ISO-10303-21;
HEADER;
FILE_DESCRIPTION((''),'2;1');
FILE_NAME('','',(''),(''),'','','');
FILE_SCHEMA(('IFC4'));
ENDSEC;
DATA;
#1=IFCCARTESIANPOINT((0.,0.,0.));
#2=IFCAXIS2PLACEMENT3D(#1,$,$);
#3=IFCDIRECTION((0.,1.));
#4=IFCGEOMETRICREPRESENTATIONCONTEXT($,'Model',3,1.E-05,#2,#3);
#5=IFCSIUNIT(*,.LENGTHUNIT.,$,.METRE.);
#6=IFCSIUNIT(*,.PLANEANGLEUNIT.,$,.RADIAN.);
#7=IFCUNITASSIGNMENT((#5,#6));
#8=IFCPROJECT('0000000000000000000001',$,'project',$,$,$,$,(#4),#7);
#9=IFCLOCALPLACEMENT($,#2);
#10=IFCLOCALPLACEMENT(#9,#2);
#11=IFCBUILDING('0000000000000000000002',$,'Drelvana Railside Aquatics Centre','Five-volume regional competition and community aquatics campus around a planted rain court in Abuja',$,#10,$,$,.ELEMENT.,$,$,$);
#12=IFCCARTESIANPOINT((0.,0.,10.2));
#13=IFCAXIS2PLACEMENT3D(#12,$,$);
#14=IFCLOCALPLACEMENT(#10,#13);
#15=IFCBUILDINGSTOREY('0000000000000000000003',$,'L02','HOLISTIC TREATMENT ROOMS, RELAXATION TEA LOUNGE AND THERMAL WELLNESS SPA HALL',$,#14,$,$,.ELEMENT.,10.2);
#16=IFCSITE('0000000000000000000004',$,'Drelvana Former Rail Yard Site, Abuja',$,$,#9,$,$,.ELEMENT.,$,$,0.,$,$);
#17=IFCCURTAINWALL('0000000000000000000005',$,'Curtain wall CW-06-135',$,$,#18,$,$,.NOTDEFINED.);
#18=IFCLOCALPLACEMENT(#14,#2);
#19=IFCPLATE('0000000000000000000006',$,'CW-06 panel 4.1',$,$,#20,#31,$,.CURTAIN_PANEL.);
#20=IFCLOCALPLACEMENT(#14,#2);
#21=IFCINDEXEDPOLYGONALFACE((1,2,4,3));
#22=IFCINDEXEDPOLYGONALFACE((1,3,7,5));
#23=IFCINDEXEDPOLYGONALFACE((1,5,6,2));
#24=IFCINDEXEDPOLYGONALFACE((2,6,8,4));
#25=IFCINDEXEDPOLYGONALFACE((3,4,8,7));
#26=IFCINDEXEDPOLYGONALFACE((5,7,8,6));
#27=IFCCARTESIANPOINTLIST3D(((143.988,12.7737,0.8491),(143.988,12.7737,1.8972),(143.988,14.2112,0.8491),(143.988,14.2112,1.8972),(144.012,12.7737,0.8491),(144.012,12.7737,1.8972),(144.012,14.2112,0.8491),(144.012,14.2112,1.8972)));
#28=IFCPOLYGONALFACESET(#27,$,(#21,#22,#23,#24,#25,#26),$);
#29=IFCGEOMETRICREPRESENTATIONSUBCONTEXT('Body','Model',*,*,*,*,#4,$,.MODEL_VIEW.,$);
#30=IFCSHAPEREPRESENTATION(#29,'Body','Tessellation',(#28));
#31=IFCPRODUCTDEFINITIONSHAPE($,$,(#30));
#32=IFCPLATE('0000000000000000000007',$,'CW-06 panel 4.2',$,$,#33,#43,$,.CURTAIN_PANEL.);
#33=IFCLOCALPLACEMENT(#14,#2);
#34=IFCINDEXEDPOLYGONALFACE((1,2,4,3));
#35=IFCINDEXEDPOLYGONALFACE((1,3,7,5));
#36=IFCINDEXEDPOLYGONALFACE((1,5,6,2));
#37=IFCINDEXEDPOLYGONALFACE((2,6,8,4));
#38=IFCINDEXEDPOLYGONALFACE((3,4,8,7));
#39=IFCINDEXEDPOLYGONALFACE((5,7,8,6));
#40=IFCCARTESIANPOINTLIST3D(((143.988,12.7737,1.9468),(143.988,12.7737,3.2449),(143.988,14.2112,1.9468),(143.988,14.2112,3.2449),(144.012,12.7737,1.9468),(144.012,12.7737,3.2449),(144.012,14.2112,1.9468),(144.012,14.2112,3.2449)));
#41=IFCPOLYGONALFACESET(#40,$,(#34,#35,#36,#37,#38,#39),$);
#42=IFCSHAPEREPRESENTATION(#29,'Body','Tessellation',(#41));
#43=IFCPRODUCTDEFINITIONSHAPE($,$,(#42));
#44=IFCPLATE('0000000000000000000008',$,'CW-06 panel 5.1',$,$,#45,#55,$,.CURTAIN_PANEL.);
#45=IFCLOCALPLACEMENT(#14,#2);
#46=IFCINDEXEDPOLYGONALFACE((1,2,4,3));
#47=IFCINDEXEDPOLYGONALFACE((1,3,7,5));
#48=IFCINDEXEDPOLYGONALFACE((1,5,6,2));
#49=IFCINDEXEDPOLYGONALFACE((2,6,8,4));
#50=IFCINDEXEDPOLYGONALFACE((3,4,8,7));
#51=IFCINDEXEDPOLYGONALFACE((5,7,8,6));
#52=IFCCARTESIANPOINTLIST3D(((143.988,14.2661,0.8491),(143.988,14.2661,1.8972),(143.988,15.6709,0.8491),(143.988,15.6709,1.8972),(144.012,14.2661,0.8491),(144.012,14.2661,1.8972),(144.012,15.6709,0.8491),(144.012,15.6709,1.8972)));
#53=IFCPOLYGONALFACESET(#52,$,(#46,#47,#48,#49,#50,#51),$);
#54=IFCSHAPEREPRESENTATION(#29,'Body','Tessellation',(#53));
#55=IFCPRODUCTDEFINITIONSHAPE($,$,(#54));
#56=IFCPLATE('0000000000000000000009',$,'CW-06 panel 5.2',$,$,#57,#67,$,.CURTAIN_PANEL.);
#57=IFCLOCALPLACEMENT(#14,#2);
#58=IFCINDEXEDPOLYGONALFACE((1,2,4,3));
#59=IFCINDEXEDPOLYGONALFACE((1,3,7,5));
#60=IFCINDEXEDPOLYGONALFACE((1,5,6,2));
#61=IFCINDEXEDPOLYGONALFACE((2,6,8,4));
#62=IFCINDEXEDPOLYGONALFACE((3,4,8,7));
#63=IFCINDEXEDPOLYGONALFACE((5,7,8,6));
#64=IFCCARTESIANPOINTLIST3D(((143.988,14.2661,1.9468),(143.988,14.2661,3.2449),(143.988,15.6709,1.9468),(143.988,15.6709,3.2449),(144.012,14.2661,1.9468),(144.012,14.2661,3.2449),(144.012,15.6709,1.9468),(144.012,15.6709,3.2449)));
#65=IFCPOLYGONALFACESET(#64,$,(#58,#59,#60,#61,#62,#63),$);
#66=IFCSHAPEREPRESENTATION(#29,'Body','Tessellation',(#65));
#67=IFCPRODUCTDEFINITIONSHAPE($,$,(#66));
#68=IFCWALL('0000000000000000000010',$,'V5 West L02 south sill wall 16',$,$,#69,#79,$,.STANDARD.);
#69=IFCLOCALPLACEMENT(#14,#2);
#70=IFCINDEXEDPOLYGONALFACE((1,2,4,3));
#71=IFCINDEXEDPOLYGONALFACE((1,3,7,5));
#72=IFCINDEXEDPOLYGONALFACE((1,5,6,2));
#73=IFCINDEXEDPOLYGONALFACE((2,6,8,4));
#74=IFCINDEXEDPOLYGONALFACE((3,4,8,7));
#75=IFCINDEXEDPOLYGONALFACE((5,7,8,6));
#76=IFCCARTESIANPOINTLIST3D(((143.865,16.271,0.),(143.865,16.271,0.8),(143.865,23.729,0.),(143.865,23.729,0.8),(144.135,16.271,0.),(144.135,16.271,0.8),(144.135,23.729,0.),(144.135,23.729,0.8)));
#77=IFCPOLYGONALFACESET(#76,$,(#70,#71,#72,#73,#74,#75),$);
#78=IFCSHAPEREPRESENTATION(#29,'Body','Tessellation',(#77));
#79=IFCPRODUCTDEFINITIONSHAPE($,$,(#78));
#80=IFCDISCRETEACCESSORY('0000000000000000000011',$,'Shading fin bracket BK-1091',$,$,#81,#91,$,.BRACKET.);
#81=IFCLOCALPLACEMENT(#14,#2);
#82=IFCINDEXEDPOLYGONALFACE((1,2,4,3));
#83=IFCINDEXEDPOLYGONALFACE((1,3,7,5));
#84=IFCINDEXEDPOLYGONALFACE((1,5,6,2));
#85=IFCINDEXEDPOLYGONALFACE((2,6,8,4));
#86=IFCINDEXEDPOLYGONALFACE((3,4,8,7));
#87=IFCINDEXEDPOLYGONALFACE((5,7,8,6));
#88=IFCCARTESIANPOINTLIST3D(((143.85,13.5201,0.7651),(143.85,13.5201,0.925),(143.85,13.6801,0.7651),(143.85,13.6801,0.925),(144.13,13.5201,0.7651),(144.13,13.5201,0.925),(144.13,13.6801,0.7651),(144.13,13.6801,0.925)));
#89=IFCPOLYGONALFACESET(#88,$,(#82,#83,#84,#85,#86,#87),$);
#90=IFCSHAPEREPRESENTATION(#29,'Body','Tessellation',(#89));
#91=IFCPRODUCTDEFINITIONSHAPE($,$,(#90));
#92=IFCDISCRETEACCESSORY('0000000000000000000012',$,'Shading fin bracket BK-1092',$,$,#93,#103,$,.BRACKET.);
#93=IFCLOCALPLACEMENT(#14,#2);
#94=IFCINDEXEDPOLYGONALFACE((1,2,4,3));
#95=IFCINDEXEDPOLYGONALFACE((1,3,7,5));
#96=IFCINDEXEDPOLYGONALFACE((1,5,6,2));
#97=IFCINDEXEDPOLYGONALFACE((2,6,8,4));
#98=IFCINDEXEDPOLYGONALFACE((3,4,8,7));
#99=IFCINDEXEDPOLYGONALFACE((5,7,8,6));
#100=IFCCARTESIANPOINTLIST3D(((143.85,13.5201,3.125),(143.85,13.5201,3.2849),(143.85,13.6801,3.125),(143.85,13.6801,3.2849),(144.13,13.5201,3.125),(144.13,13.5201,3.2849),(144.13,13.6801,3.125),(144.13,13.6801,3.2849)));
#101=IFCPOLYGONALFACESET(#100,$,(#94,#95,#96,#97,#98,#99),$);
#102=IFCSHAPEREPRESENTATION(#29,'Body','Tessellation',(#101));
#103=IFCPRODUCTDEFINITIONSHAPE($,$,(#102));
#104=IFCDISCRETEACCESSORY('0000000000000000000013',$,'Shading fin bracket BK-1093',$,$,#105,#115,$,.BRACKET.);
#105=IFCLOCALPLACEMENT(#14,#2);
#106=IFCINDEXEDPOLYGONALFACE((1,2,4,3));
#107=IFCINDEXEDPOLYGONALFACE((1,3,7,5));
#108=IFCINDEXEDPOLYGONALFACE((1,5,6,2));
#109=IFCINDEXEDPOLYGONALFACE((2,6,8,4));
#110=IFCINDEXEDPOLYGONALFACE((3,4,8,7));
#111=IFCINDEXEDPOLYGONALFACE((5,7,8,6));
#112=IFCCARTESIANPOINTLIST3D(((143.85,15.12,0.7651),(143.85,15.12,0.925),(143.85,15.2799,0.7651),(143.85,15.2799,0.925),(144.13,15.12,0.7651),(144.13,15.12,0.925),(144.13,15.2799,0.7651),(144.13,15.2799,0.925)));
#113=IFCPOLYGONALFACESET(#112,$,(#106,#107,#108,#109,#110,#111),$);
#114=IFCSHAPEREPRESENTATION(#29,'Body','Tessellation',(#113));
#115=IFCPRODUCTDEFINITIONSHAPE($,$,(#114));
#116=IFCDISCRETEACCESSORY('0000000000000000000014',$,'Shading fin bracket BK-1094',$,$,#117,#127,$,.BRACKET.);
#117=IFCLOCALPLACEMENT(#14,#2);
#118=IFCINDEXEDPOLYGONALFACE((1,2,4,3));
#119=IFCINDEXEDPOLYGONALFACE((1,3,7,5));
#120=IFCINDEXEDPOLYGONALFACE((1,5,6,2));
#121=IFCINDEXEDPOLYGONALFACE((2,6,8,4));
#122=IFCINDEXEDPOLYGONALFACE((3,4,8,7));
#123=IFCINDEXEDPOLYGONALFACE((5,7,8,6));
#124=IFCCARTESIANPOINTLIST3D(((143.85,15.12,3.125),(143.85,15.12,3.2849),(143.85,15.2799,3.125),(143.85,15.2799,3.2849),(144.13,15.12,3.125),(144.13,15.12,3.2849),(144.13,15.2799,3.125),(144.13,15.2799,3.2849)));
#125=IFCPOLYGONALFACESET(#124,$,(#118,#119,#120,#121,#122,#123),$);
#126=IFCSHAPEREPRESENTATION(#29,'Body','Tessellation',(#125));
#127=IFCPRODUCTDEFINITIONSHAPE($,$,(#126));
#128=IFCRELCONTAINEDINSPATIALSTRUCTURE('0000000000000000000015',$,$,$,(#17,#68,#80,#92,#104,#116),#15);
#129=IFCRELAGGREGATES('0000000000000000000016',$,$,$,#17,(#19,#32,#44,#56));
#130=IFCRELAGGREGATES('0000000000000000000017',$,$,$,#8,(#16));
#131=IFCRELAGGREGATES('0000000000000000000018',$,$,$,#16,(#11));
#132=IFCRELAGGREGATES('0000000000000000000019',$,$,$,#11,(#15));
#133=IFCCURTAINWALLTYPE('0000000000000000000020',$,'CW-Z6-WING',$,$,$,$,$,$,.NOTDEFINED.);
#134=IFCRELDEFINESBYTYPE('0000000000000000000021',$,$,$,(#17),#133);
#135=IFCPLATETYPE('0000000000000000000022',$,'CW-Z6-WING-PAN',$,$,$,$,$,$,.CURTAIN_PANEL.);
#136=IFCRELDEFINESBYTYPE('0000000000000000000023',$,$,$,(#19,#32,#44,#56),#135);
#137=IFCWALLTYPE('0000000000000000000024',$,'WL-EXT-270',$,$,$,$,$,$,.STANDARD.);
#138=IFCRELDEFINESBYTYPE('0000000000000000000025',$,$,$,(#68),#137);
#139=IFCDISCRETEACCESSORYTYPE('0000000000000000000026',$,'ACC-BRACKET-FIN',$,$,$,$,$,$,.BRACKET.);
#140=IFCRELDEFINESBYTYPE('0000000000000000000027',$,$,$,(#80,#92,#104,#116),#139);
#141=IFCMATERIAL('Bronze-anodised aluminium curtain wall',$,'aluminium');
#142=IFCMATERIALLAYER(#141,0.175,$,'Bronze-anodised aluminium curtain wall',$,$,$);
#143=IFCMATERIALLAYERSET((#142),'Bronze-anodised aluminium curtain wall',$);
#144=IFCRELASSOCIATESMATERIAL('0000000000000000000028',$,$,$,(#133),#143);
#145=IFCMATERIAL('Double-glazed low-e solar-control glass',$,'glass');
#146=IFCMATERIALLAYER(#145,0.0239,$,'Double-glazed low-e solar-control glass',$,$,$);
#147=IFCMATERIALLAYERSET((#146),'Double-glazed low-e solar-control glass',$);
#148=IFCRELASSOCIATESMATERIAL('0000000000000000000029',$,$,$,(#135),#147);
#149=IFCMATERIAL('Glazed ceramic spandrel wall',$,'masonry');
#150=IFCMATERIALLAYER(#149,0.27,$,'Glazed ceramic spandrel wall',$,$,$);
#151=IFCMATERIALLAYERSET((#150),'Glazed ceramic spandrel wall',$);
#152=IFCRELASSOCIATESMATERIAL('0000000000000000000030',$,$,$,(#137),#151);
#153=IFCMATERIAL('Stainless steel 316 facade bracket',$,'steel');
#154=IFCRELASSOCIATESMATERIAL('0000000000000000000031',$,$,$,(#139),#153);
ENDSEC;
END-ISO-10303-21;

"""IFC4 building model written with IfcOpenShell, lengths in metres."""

from ifc_helpers import new_model, si_unit, direction, frame, frame_2d, origin, origin_2d, place, context, subcontext, project, spatial, rectangle, extrude, material, layer, layer_set, type_object, element, aggregate, save


model = new_model("IFC4")

# Units and contexts
model_context = context("Model", 3, precision=1e-05, world=origin(), true_north=direction((0.0, 1.0)))
body_context = subcontext(model_context, "Body", "Model", "MODEL_VIEW")
ifc_project = project(units=[si_unit("LENGTHUNIT", "METRE"), si_unit("PLANEANGLEUNIT", "RADIAN")], contexts=[model_context])

# Site, building, storey
site_placement = place(None, origin())
site = spatial("IfcSite", under=ifc_project, at=site_placement, Name="Drelvana Former Rail Yard Site, Abuja", CompositionType="ELEMENT", RefElevation=0.0)
building_placement = place(site_placement, origin())
building = spatial("IfcBuilding", under=site, at=building_placement, Name="Drelvana Railside Aquatics Centre", Description="Five-volume regional competition and community aquatics campus around a planted rain court in Abuja", CompositionType="ELEMENT")
storey_placement = place(building_placement, frame((0.0, 0.0, 10.2)))
storey = spatial("IfcBuildingStorey", under=building, at=storey_placement, Name="L02", Description="HOLISTIC TREATMENT ROOMS, RELAXATION TEA LOUNGE AND THERMAL WELLNESS SPA HALL", CompositionType="ELEMENT", Elevation=10.2)

# Curtain wall
ifc_material_1 = material(Name="Bronze-anodised aluminium curtain wall", Category="aluminium")
ifc_layer_1 = layer(ifc_material_1, 0.175, Name="Bronze-anodised aluminium curtain wall")
ifc_layer_set_1 = layer_set([ifc_layer_1], Name="Bronze-anodised aluminium curtain wall")
curtain_wall_type = type_object("IfcCurtainWallType", Name="CW-Z6-WING", PredefinedType="NOTDEFINED", material=ifc_layer_set_1)
curtain_wall_1_placement = place(storey_placement, origin())
curtain_wall_1 = element("IfcCurtainWall", 1, at=curtain_wall_1_placement, inside=storey, type_object=curtain_wall_type, Name="Curtain wall CW-06-135", PredefinedType="NOTDEFINED")

# Plates
ifc_material_2 = material(Name="Double-glazed low-e solar-control glass", Category="glass")
ifc_layer_2 = layer(ifc_material_2, 0.0239, Name="Double-glazed low-e solar-control glass")
ifc_layer_set_2 = layer_set([ifc_layer_2], Name="Double-glazed low-e solar-control glass")
plate_type = type_object("IfcPlateType", Name="CW-Z6-WING-PAN", PredefinedType="CURTAIN_PANEL", material=ifc_layer_set_2)
plate_1_placement = place(storey_placement, frame((144.0, 13.4924, 0.8491), z_axis=(0.0, 0.0, 1.0), x_axis=(0.0, 1.0, 0.0)))
plate_1 = element("IfcPlate", 2, at=plate_1_placement, type_object=plate_type, Name="CW-06 panel 4.1", PredefinedType="CURTAIN_PANEL", context=body_context, shape_type="SweptSolid", body=[
    extrude(rectangle(XDim=1.4375, YDim=0.0239, at=origin_2d()), origin(), (0.0, 0.0, 1.0), 1.0481),
])
plate_2_placement = place(storey_placement, frame((144.0, 13.4924, 1.9468), z_axis=(0.0, 0.0, 1.0), x_axis=(0.0, 1.0, 0.0)))
plate_2 = element("IfcPlate", 3, at=plate_2_placement, type_object=plate_type, Name="CW-06 panel 4.2", PredefinedType="CURTAIN_PANEL", context=body_context, shape_type="SweptSolid", body=[
    extrude(rectangle(XDim=1.4375, YDim=0.0239, at=origin_2d()), origin(), (0.0, 0.0, 1.0), 1.2981),
])
plate_3_placement = place(storey_placement, frame((144.0, 14.9685, 0.8491), z_axis=(0.0, 0.0, 1.0), x_axis=(0.0, 1.0, 0.0)))
plate_3 = element("IfcPlate", 4, at=plate_3_placement, type_object=plate_type, Name="CW-06 panel 5.1", PredefinedType="CURTAIN_PANEL", context=body_context, shape_type="SweptSolid", body=[
    extrude(rectangle(XDim=1.4048, YDim=0.0239, at=origin_2d()), origin(), (0.0, 0.0, 1.0), 1.0481),
])
plate_4_placement = place(storey_placement, frame((144.0, 14.9685, 1.9468), z_axis=(0.0, 0.0, 1.0), x_axis=(0.0, 1.0, 0.0)))
plate_4 = element("IfcPlate", 5, at=plate_4_placement, type_object=plate_type, Name="CW-06 panel 5.2", PredefinedType="CURTAIN_PANEL", context=body_context, shape_type="SweptSolid", body=[
    extrude(rectangle(XDim=1.4048, YDim=0.0239, at=origin_2d()), origin(), (0.0, 0.0, 1.0), 1.2981),
])
aggregate(curtain_wall_1, [plate_1, plate_2, plate_3, plate_4])

# Wall
ifc_material_3 = material(Name="Glazed ceramic spandrel wall", Category="masonry")
ifc_layer_3 = layer(ifc_material_3, 0.27, Name="Glazed ceramic spandrel wall")
ifc_layer_set_3 = layer_set([ifc_layer_3], Name="Glazed ceramic spandrel wall")
wall_type = type_object("IfcWallType", Name="WL-EXT-270", PredefinedType="STANDARD", material=ifc_layer_set_3)
wall_placement = place(storey_placement, frame((144.0, 16.271, 0.0), z_axis=(0.0, 0.0, 1.0), x_axis=(0.0, 1.0, 0.0)))
element("IfcWall", 6, at=wall_placement, inside=storey, type_object=wall_type, Name="V5 West L02 south sill wall 16", PredefinedType="STANDARD", context=body_context, shape_type="SweptSolid", body=[
    extrude(rectangle(XDim=7.458, YDim=0.27, at=frame_2d((3.729, 0.0))), origin(), (0.0, 0.0, 1.0), 0.8),
])

# Discrete accessories
ifc_material_4 = material(Name="Stainless steel 316 facade bracket", Category="steel")
discrete_accessory_type = type_object("IfcDiscreteAccessoryType", Name="ACC-BRACKET-FIN", PredefinedType="BRACKET", material=ifc_material_4)
for number, where, z_axis, x_axis, name in (
    (7, (143.99, 13.6001, 0.7651), (0.0, 0.0, 1.0), (-1.0, 0.0, 0.0), "Shading fin bracket BK-1091"),
    (8, (143.99, 13.6001, 3.125), (0.0, 0.0, 1.0), (-1.0, 0.0, 0.0), "Shading fin bracket BK-1092"),
    (9, (143.99, 15.2, 0.7651), (0.0, 0.0, 1.0), (-1.0, 0.0, 0.0), "Shading fin bracket BK-1093"),
    (10, (143.99, 15.2, 3.125), (0.0, 0.0, 1.0), (-1.0, 0.0, 0.0), "Shading fin bracket BK-1094"),
):
    element("IfcDiscreteAccessory", number, at=place(storey_placement, frame(where, z_axis=z_axis, x_axis=x_axis)), inside=storey, type_object=discrete_accessory_type, Name=name, PredefinedType="BRACKET", context=body_context, shape_type="SweptSolid", body=[
        extrude(rectangle(XDim=0.28, YDim=0.1599, at=origin_2d()), origin(), (0.0, 0.0, 1.0), 0.1599),
    ])

save(model, "model.ifc")
